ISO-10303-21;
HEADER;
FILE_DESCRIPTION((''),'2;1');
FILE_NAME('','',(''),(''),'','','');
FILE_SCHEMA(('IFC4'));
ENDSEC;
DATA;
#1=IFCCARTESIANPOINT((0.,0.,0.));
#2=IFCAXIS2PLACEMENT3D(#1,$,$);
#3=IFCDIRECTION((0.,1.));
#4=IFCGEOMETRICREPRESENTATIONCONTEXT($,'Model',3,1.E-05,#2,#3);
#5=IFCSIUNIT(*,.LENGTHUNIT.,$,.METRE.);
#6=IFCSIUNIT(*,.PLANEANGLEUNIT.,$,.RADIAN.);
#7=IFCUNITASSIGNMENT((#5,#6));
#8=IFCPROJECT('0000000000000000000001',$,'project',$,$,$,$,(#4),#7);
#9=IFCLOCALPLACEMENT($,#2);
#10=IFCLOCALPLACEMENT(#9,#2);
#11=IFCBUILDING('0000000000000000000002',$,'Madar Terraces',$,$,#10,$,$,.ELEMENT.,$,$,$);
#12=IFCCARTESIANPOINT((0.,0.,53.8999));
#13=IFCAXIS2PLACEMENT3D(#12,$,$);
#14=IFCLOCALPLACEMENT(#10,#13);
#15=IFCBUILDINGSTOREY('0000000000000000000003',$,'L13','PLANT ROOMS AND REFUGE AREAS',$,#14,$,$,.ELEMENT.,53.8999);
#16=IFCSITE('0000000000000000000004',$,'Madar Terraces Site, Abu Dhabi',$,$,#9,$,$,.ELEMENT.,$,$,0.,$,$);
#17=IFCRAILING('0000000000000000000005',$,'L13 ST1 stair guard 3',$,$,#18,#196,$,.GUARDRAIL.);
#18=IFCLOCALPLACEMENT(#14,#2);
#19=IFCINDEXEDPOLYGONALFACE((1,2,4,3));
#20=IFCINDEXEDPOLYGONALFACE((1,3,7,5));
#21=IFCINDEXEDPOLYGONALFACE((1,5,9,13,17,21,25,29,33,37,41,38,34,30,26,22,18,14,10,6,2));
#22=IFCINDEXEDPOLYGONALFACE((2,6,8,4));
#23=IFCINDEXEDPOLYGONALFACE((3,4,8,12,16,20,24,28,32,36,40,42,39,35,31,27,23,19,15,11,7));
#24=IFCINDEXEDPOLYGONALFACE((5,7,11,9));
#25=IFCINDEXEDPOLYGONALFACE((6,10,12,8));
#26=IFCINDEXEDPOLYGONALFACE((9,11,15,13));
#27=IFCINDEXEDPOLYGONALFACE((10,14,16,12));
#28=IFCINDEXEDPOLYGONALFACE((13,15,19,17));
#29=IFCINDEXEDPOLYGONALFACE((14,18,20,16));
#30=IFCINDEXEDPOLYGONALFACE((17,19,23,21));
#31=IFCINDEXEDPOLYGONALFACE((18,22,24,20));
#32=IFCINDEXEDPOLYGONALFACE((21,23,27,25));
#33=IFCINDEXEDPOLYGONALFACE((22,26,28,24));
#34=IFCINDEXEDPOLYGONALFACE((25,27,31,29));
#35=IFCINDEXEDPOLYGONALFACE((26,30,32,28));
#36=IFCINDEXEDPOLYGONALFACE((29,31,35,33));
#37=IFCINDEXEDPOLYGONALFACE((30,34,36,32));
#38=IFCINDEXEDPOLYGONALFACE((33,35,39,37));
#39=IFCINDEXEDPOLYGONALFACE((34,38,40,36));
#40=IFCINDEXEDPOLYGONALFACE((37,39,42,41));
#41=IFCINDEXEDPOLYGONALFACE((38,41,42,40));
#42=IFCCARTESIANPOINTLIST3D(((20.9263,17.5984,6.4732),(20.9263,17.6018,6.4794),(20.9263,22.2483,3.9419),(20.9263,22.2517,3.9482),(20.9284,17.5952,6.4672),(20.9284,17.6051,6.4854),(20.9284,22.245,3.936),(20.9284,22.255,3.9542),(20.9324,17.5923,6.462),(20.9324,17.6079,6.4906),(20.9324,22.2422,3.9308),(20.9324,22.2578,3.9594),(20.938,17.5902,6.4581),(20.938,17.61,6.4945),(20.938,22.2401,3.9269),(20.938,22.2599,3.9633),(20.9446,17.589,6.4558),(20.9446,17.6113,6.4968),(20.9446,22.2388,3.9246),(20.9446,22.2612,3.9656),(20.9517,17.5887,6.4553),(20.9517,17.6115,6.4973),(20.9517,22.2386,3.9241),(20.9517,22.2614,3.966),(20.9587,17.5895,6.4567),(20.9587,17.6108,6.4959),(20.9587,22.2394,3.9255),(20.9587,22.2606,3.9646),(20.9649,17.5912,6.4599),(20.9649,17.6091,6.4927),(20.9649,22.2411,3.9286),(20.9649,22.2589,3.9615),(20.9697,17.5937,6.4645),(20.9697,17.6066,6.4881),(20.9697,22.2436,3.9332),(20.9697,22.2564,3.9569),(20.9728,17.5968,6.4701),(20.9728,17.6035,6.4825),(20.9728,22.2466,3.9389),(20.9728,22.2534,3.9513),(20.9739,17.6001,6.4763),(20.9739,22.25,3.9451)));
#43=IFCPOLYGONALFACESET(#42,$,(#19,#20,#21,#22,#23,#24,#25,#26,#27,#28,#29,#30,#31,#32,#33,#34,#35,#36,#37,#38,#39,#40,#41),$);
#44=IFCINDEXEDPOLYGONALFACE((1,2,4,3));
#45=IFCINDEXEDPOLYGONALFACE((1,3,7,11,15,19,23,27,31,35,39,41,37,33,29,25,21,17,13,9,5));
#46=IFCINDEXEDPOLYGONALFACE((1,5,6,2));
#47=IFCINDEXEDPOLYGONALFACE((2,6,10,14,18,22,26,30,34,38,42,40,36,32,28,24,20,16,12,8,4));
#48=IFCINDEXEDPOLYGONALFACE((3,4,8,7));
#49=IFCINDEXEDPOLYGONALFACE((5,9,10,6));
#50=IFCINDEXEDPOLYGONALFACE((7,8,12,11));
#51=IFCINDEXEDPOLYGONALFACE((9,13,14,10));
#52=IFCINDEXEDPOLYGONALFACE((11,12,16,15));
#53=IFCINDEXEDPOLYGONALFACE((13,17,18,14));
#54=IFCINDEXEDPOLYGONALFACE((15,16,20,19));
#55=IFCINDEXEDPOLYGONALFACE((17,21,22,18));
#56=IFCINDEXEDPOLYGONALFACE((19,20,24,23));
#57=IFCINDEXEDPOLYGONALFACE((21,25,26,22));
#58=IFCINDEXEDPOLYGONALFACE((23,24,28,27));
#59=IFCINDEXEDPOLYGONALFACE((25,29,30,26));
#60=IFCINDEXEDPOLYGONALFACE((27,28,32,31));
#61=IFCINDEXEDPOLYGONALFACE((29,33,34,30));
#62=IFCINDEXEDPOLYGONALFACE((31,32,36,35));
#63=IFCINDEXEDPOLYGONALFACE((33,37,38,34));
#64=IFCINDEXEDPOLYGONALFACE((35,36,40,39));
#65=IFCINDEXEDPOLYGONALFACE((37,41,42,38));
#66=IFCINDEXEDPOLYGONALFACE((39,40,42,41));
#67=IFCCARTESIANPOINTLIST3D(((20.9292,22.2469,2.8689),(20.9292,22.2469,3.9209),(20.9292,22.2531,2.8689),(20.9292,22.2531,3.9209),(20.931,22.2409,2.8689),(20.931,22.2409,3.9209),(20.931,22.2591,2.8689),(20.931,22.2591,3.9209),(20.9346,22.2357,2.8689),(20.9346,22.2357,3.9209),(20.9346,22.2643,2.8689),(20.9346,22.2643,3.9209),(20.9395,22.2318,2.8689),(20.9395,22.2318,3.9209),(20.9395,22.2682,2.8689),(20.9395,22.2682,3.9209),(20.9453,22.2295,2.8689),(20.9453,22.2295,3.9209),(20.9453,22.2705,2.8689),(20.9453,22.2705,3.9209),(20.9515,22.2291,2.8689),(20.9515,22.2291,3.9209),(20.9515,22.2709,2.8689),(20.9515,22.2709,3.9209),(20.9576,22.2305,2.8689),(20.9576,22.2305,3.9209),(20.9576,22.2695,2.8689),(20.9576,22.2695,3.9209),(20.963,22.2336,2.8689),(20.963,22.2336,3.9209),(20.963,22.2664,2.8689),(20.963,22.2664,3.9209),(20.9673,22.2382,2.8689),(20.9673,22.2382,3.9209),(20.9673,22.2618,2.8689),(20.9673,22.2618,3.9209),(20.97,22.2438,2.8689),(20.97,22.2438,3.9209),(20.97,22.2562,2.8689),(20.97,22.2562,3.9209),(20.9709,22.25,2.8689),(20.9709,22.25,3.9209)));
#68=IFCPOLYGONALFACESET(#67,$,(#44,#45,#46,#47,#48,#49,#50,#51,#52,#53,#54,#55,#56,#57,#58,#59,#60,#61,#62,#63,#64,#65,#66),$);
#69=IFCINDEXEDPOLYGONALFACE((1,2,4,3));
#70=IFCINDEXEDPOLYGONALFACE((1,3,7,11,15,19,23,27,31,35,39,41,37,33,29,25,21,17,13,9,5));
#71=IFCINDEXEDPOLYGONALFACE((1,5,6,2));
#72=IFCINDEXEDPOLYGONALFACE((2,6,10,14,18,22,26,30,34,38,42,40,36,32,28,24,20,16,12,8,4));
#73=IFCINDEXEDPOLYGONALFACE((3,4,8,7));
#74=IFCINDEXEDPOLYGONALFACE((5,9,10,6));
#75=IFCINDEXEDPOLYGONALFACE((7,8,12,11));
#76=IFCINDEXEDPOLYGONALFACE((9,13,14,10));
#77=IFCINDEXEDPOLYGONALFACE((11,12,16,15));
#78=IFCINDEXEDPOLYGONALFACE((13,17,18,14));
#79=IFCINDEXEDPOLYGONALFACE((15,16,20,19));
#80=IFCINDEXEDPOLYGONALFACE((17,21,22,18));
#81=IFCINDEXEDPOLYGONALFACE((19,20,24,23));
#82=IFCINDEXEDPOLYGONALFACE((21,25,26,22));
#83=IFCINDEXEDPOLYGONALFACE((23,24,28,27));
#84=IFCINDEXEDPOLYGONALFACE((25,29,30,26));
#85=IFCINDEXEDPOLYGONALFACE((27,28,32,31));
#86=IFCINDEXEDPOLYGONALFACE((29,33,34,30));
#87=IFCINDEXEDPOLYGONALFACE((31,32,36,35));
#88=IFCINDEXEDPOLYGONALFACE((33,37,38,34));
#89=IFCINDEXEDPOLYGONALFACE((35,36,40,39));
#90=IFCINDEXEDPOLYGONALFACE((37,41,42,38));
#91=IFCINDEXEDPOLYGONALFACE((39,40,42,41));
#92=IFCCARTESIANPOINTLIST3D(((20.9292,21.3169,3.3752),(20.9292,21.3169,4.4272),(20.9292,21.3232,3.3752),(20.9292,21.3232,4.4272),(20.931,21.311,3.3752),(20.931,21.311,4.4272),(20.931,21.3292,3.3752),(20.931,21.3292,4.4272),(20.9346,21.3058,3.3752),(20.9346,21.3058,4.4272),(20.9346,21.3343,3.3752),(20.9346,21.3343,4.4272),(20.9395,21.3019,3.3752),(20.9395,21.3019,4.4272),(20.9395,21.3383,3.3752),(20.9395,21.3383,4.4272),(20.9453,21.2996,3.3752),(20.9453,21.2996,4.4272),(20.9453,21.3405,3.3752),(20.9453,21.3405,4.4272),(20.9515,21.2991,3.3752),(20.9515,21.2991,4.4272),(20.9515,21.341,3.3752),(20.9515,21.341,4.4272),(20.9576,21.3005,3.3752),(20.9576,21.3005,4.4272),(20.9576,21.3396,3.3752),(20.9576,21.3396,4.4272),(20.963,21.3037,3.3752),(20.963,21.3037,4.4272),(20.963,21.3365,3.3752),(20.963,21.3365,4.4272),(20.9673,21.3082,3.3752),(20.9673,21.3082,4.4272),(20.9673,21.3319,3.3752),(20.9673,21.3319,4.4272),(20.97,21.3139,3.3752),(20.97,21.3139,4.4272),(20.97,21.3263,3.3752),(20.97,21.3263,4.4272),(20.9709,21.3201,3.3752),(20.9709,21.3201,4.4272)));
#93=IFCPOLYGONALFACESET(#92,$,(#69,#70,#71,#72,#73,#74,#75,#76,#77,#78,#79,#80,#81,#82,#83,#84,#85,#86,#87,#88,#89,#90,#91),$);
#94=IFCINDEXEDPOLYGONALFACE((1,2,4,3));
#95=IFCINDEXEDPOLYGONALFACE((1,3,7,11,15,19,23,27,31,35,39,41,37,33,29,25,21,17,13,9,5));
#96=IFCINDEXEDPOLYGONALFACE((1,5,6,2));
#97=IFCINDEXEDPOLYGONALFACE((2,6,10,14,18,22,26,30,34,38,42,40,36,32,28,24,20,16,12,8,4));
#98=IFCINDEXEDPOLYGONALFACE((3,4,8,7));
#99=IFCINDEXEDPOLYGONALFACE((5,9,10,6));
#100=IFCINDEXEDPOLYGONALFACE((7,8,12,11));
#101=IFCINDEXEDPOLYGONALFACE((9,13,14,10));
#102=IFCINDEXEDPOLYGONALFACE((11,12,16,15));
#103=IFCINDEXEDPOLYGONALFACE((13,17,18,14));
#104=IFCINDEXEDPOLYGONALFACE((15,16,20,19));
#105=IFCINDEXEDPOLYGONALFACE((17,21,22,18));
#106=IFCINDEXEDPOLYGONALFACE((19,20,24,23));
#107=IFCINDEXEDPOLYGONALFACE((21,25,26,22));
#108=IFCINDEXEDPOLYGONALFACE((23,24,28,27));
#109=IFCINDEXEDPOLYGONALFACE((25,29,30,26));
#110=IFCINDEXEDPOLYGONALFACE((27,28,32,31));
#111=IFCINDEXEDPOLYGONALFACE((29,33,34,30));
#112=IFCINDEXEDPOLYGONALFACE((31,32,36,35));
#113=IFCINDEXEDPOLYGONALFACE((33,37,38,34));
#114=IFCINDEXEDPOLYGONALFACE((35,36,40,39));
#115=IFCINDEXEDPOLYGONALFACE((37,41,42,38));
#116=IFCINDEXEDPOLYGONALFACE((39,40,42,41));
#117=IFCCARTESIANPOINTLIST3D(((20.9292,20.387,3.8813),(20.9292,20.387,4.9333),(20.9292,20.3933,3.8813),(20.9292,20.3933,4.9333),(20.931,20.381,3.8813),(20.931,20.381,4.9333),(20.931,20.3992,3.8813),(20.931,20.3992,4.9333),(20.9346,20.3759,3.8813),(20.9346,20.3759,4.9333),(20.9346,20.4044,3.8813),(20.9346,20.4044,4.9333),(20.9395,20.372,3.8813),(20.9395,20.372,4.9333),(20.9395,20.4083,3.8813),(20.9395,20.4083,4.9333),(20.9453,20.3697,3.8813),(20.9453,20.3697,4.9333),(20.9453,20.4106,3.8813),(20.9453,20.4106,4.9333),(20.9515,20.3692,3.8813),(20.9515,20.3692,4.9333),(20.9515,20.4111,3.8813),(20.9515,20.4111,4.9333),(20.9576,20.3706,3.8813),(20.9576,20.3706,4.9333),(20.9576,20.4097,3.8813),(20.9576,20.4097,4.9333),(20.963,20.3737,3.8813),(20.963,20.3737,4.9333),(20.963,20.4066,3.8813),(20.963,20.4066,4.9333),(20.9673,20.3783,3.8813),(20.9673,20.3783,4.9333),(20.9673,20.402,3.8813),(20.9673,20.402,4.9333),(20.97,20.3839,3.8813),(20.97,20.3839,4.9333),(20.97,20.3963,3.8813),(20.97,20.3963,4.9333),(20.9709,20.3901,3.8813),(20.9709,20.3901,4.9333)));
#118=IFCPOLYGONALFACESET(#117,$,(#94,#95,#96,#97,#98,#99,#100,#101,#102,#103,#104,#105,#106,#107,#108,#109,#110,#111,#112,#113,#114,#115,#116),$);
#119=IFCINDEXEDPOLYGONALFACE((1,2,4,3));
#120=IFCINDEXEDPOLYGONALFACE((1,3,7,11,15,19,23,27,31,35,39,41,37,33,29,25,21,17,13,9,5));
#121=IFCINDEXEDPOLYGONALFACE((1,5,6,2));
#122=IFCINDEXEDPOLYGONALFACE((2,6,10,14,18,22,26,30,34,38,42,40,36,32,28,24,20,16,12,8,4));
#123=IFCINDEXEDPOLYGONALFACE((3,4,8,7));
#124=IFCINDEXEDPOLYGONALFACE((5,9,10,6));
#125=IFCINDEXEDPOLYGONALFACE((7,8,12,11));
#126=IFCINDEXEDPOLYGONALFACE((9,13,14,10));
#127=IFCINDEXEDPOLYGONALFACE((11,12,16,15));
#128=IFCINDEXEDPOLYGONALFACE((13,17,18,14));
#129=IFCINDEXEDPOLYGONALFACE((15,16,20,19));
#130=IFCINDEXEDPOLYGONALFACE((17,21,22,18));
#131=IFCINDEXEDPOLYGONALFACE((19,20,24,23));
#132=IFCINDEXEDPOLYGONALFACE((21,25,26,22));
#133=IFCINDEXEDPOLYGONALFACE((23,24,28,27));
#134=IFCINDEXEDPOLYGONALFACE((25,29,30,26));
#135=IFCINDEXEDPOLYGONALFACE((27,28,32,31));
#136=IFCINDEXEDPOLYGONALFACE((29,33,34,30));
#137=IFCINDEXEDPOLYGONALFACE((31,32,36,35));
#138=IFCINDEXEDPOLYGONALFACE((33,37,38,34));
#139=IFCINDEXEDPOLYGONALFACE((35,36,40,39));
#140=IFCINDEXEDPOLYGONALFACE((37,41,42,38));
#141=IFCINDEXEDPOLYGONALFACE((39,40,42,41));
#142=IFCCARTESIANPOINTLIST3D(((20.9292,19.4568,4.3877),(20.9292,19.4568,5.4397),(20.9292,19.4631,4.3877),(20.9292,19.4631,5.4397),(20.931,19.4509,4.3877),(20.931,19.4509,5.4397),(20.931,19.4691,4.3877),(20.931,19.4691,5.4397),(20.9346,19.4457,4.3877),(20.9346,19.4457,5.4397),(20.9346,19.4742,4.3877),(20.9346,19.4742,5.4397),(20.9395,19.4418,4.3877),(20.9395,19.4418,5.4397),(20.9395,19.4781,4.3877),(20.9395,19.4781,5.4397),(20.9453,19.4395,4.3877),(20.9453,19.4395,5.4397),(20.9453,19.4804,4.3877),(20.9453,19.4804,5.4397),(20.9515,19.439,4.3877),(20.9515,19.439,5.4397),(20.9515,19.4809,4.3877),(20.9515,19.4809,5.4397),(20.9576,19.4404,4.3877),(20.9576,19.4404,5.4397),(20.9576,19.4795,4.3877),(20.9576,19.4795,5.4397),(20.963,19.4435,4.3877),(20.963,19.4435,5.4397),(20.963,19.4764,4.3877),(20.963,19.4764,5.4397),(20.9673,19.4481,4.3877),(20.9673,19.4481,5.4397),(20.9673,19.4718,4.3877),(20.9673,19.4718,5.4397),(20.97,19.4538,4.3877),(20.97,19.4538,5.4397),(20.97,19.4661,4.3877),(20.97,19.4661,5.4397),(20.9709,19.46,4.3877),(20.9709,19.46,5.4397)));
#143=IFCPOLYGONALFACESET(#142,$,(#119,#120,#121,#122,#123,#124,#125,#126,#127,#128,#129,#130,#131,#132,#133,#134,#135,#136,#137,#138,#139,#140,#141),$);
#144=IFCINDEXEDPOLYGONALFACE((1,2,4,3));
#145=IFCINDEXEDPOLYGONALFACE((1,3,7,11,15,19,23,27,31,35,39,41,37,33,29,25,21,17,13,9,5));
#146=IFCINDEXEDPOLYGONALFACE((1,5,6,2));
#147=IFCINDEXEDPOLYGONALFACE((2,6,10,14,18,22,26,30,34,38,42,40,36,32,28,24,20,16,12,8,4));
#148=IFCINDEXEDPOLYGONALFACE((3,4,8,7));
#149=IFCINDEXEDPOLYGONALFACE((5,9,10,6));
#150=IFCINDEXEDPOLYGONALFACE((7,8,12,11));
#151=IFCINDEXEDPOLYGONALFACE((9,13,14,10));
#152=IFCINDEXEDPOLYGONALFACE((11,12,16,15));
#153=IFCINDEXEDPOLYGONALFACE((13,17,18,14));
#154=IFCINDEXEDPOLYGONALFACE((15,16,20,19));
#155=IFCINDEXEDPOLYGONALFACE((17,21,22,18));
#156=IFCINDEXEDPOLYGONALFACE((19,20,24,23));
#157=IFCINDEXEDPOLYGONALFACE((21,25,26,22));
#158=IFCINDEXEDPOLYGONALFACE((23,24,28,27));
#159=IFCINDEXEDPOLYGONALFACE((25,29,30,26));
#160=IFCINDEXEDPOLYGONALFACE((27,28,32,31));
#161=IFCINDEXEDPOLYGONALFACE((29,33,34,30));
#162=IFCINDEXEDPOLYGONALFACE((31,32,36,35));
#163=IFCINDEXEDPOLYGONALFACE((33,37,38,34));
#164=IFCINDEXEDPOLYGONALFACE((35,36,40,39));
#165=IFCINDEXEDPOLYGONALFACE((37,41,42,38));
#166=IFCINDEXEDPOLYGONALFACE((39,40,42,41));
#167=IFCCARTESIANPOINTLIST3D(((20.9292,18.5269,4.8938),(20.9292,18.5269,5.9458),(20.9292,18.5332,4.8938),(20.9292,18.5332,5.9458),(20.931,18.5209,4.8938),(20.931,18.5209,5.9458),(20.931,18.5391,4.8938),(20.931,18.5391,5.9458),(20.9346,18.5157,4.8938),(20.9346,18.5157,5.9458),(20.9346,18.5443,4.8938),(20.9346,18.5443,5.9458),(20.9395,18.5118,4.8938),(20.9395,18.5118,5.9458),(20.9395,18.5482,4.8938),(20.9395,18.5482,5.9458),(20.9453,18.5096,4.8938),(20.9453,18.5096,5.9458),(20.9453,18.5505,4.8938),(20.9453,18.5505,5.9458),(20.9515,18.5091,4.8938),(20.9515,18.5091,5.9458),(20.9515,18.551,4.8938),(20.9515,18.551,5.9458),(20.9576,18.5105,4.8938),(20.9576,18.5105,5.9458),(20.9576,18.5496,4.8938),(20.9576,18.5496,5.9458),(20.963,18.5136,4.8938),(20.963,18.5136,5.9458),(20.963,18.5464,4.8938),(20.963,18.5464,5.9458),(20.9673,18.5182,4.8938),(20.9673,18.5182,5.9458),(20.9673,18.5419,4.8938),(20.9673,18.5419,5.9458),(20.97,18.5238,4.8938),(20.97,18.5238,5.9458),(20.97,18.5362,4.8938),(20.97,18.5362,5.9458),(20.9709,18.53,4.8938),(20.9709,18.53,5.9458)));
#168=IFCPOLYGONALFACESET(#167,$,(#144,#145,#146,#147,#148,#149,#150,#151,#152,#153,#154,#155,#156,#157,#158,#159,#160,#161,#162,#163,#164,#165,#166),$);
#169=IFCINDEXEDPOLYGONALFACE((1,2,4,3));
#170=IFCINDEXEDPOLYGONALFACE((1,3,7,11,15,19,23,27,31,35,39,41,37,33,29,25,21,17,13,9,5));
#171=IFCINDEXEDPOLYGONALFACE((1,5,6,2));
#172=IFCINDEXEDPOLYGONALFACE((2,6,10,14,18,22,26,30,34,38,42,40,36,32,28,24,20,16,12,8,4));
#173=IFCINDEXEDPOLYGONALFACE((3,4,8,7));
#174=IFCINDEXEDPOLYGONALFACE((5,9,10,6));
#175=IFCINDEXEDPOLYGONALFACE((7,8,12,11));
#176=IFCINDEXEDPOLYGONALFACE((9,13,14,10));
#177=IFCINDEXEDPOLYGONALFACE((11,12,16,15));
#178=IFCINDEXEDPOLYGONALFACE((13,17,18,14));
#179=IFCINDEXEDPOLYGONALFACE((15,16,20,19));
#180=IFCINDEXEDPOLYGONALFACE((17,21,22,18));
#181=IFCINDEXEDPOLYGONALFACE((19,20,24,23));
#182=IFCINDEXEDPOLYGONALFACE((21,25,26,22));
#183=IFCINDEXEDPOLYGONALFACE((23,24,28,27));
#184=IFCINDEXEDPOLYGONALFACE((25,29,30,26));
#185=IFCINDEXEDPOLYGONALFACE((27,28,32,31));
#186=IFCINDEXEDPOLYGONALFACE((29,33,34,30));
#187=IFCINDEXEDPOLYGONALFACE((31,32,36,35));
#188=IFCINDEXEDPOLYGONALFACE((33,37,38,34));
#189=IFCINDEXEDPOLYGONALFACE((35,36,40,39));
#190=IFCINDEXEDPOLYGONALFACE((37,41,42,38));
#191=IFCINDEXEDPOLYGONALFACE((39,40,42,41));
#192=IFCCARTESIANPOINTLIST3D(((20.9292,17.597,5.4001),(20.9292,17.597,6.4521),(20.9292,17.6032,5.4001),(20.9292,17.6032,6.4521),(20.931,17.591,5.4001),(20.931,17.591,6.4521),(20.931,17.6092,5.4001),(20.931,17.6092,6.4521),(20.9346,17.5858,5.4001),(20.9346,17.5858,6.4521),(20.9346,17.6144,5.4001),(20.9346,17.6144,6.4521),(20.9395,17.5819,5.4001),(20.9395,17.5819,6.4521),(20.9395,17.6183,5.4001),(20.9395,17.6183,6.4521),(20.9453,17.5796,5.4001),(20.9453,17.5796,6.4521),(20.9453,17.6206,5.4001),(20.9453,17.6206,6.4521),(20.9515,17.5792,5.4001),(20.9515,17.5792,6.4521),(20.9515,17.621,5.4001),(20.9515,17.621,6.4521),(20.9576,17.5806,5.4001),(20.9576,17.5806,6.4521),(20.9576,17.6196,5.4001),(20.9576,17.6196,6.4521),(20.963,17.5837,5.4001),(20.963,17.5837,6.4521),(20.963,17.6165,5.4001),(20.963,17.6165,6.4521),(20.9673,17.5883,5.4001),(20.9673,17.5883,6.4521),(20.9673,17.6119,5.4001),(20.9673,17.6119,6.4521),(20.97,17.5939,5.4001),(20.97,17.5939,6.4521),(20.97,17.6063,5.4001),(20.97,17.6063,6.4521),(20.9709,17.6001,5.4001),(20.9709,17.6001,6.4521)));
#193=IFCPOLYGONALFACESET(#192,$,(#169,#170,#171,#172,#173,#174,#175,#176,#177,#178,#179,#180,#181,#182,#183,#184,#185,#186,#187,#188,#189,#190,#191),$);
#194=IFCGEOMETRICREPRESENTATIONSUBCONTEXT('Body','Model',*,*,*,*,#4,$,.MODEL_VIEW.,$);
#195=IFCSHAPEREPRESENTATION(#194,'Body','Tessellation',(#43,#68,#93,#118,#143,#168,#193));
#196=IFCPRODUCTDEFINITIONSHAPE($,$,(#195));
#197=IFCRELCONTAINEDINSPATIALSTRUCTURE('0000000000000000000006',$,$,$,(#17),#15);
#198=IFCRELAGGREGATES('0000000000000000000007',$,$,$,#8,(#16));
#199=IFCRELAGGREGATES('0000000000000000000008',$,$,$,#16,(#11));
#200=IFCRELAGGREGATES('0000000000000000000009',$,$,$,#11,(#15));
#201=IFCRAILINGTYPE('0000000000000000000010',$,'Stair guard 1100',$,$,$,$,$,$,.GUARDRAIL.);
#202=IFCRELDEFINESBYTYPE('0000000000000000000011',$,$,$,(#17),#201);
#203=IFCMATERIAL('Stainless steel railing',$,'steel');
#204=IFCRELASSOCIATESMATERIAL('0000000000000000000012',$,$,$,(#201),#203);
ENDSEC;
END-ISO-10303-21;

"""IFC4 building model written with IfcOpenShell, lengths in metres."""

from ifc_helpers import new_model, si_unit, direction, frame, origin, origin_2d, place, context, subcontext, project, spatial, circle, extrude, material, type_object, element, save


model = new_model("IFC4")

# Units and contexts
model_context = context("Model", 3, precision=1e-05, world=origin(), true_north=direction((0.0, 1.0)))
body_context = subcontext(model_context, "Body", "Model", "MODEL_VIEW")
ifc_project = project(units=[si_unit("LENGTHUNIT", "METRE"), si_unit("PLANEANGLEUNIT", "RADIAN")], contexts=[model_context])

# Site, building, storey
site_placement = place(None, origin())
site = spatial("IfcSite", under=ifc_project, at=site_placement, Name="Madar Terraces Site, Abu Dhabi", CompositionType="ELEMENT", RefElevation=0.0)
building_placement = place(site_placement, origin())
building = spatial("IfcBuilding", under=site, at=building_placement, Name="Madar Terraces", CompositionType="ELEMENT")
storey_placement = place(building_placement, frame((0.0, 0.0, 53.8999)))
storey = spatial("IfcBuildingStorey", under=building, at=storey_placement, Name="L13", Description="PLANT ROOMS AND REFUGE AREAS", CompositionType="ELEMENT", Elevation=53.8999)

# Railing
ifc_material_1 = material(Name="Stainless steel railing", Category="steel")
railing_type_1 = type_object("IfcRailingType", Name="Stair guard 1100", PredefinedType="GUARDRAIL", material=ifc_material_1)
railing_1_placement = place(storey_placement, frame((20.95, 22.25, 2.8689)))
element("IfcRailing", 1, at=railing_1_placement, inside=storey, type_object=railing_type_1, Name="L13 ST1 stair guard 3", PredefinedType="GUARDRAIL", context=body_context, shape_type="SweptSolid", body=[
    extrude(circle(Radius=0.0239, at=origin_2d()), frame((0.0, 0.0, 1.0762), z_axis=(0.0, -0.878297, 0.478115), x_axis=(1.0, 0.0, 0.0)), (0.0, 0.0, 1.0), 5.2942),
    extrude(circle(Radius=0.021, at=origin_2d()), origin(), (0.0, 0.0, 1.0), 1.052),
    extrude(circle(Radius=0.021, at=origin_2d()), frame((0.0, -0.9299, 0.5063)), (0.0, 0.0, 1.0), 1.052),
    extrude(circle(Radius=0.021, at=origin_2d()), frame((0.0, -1.8599, 1.0125)), (0.0, 0.0, 1.0), 1.052),
    extrude(circle(Radius=0.021, at=origin_2d()), frame((0.0, -2.79, 1.5188)), (0.0, 0.0, 1.0), 1.052),
    extrude(circle(Radius=0.021, at=origin_2d()), frame((0.0, -3.72, 2.0249)), (0.0, 0.0, 1.0), 1.052),
    extrude(circle(Radius=0.021, at=origin_2d()), frame((0.0, -4.6499, 2.5312)), (0.0, 0.0, 1.0), 1.052),
])

save(model, "model.ifc")
